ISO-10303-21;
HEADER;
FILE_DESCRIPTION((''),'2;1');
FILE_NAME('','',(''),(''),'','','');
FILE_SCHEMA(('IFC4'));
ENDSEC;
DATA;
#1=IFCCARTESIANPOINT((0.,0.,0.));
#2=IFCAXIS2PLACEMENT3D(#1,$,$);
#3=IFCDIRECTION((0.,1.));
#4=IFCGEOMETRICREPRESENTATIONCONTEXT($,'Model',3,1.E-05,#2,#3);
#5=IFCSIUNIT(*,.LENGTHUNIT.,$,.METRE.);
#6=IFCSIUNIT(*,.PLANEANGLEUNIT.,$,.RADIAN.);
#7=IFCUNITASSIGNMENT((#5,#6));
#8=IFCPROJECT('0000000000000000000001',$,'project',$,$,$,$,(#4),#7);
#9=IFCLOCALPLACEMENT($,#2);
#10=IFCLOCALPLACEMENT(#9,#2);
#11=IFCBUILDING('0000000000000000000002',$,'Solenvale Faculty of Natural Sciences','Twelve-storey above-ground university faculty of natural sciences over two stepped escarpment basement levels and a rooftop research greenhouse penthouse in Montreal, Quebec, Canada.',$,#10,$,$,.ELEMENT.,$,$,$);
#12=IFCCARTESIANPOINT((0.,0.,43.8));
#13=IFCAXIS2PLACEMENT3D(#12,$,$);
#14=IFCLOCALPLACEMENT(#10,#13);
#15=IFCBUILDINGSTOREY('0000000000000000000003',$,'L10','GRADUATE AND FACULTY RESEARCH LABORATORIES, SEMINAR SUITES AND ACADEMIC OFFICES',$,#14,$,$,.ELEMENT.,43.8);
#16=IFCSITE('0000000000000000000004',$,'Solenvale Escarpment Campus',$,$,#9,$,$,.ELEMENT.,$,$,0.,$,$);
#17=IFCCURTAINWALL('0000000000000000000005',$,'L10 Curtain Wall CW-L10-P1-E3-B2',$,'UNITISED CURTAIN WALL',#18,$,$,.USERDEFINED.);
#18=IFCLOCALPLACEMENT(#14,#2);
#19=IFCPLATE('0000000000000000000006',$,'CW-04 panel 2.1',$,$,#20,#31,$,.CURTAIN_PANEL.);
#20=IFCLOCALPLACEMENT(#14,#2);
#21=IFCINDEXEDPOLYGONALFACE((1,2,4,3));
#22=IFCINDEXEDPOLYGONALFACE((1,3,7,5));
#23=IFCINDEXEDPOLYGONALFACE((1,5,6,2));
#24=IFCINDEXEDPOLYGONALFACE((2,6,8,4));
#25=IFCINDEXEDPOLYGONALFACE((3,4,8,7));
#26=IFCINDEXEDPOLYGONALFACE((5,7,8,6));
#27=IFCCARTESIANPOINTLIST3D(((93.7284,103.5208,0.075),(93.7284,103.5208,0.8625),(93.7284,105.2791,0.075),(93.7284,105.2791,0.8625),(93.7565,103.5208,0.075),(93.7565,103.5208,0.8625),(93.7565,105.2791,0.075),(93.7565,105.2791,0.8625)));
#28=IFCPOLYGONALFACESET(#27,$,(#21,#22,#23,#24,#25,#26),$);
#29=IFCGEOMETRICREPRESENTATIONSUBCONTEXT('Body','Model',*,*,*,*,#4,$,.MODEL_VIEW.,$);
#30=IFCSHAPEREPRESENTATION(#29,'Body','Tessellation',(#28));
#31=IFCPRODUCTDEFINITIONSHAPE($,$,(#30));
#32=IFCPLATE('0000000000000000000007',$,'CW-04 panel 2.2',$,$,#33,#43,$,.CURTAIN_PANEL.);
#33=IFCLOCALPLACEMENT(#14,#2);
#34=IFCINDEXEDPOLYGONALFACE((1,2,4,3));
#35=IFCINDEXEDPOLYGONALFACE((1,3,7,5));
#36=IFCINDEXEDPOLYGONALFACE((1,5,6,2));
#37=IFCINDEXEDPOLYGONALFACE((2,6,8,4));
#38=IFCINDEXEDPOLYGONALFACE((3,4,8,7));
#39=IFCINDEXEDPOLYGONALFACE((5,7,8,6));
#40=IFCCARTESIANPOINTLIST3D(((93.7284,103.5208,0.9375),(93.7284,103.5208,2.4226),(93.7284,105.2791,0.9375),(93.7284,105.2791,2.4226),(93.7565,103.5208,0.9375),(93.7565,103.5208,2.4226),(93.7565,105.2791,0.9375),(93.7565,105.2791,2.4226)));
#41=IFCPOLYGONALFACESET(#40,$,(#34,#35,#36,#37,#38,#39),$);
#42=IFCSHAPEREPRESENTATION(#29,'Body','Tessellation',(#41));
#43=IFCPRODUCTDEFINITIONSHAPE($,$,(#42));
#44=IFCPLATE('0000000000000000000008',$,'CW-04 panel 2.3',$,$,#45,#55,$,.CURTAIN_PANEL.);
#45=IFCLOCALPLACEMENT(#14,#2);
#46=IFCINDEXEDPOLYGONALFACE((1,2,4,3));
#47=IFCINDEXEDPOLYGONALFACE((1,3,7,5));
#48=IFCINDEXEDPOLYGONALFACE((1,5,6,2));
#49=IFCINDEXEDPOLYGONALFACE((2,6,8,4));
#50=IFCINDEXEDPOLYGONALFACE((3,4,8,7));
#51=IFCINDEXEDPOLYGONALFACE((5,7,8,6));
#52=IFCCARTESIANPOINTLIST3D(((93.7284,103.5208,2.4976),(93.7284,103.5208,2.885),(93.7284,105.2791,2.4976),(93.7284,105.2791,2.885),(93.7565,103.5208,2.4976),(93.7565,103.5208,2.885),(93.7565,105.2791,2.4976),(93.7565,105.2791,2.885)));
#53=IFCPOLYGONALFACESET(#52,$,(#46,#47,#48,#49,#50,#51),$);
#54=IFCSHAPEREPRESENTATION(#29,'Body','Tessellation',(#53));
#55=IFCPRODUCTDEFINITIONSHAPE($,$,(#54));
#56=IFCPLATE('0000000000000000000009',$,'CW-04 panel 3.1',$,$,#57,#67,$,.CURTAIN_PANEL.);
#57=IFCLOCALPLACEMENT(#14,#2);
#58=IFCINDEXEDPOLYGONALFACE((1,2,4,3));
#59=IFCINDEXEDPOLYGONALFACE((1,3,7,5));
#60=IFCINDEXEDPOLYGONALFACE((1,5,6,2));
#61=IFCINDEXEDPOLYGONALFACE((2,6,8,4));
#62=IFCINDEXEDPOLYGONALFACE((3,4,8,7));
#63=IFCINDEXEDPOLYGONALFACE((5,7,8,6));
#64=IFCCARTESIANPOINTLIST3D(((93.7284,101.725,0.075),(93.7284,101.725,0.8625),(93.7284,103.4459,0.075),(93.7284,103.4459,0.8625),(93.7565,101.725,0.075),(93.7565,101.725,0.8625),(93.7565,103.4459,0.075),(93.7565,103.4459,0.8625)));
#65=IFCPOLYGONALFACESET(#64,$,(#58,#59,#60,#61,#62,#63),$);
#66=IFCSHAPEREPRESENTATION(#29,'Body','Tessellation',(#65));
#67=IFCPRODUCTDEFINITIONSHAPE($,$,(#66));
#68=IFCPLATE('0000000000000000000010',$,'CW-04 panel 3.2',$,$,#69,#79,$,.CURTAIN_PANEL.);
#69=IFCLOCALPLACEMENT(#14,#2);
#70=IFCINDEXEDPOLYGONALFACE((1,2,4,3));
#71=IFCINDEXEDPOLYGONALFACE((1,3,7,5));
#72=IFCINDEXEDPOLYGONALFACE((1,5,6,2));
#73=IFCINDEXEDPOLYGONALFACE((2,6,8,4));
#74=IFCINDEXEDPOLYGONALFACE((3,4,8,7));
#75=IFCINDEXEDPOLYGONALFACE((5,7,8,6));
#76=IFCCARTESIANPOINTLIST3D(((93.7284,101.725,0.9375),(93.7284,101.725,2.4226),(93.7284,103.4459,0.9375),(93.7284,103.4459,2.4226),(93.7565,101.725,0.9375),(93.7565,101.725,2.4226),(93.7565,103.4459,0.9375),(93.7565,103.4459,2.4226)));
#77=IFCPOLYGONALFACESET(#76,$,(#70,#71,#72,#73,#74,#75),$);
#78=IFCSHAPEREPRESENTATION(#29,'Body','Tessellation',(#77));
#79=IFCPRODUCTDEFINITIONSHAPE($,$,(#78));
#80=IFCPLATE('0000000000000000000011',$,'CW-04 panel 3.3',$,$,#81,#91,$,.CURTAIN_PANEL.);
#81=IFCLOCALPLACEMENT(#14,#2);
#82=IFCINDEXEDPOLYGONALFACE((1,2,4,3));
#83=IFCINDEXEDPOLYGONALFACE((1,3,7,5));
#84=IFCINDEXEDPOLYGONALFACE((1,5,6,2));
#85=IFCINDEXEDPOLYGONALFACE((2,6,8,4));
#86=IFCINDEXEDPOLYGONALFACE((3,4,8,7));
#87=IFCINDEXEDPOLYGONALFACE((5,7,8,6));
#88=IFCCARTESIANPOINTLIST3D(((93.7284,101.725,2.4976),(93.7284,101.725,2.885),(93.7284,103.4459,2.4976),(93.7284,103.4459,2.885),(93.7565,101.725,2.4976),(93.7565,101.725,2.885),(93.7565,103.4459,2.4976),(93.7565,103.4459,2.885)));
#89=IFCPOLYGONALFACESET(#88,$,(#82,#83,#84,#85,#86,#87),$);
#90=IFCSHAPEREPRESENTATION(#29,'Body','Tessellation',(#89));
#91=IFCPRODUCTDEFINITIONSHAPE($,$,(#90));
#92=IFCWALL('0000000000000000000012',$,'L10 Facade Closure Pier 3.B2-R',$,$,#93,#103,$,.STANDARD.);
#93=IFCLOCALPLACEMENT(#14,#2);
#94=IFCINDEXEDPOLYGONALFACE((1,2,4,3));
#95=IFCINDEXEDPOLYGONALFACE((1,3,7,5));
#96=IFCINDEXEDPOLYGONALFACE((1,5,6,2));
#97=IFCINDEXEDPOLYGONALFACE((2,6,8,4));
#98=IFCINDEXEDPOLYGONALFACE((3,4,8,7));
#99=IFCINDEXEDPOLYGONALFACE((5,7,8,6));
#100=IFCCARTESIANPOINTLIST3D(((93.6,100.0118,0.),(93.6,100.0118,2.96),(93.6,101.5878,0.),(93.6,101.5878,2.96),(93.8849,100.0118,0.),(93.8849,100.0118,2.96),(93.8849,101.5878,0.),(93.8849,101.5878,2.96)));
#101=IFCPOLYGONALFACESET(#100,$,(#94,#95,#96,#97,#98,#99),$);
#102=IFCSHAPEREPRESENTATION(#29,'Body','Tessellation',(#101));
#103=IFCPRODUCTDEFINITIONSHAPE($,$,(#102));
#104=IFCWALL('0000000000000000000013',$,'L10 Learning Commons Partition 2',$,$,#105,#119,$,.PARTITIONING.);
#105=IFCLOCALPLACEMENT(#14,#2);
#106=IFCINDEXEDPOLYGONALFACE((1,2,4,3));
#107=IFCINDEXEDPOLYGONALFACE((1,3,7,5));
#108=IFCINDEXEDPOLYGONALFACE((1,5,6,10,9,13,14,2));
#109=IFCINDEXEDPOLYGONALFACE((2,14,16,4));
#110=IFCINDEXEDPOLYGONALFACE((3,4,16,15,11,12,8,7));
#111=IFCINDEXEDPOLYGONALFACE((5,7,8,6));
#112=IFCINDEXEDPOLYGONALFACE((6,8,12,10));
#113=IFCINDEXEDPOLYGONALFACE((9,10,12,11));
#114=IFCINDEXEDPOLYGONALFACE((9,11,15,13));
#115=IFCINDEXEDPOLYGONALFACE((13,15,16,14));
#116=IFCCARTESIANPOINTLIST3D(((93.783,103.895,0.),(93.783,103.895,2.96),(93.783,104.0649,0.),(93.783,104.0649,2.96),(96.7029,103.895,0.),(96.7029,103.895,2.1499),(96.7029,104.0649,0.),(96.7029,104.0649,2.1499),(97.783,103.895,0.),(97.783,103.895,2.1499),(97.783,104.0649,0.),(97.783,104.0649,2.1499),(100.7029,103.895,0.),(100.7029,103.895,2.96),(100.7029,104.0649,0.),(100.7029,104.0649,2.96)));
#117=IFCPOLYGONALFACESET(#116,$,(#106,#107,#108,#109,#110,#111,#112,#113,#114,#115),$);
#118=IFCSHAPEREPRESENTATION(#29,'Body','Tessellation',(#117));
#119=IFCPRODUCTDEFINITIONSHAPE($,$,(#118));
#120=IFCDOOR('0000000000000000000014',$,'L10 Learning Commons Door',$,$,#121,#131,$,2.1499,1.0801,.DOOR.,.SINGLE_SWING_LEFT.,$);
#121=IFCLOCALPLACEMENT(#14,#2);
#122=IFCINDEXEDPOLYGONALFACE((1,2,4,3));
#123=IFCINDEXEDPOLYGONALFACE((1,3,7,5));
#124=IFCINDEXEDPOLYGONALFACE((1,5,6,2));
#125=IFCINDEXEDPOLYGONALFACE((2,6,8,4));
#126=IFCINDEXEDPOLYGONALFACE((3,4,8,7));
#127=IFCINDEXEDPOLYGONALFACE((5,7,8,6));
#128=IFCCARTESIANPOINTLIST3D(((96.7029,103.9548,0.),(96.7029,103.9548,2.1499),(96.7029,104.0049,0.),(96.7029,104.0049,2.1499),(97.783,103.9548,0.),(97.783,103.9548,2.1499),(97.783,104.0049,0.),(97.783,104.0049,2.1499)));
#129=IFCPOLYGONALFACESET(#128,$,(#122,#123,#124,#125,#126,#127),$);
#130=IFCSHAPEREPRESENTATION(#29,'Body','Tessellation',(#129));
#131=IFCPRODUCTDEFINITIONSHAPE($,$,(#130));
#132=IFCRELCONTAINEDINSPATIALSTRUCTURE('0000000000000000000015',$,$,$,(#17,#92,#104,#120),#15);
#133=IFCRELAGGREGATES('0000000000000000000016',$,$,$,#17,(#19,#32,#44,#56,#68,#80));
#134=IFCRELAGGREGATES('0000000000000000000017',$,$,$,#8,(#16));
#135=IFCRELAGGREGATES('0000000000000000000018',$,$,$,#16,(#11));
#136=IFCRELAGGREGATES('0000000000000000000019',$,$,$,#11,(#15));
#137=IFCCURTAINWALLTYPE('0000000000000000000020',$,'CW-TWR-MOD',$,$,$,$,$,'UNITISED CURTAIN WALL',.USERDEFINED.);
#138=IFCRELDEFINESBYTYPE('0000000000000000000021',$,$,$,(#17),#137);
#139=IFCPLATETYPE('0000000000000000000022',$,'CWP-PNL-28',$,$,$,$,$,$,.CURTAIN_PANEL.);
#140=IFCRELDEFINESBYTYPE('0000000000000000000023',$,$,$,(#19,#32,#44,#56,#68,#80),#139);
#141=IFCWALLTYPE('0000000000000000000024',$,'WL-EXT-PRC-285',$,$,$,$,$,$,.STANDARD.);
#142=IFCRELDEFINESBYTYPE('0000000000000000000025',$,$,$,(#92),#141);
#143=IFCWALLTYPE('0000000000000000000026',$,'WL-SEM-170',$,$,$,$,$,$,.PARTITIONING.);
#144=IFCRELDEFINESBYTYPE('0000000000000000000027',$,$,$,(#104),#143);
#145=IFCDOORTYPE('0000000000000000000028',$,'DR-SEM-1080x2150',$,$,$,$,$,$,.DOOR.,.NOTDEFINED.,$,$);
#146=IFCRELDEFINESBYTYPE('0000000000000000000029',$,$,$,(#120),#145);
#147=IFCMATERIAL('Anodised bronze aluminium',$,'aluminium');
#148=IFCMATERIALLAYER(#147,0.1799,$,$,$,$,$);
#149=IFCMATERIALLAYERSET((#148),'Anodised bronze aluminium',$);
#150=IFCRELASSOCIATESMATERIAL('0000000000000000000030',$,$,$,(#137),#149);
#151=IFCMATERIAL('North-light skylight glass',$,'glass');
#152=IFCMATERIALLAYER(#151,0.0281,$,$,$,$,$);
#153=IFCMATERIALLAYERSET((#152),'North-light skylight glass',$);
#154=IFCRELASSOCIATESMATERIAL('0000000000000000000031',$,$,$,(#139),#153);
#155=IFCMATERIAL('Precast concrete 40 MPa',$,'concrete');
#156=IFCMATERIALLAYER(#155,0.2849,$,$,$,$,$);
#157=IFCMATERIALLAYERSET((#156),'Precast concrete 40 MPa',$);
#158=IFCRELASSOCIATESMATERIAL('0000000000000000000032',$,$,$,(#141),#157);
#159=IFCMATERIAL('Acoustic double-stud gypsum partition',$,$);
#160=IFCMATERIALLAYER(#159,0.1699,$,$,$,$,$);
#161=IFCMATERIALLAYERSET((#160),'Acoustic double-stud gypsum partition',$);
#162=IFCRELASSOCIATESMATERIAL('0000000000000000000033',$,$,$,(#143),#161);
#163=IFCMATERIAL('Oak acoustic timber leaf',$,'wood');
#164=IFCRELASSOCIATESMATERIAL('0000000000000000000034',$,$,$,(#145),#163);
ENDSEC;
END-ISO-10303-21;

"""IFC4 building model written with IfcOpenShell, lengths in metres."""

from ifc_helpers import new_model, si_unit, direction, frame, frame_2d, origin, origin_2d, place, context, subcontext, project, spatial, rectangle, extrude, material, layer, layer_set, type_object, element, fill, aggregate, save


model = new_model("IFC4")

# Units and contexts
model_context = context("Model", 3, precision=1e-05, world=origin(), true_north=direction((0.0, 1.0)))
body_context = subcontext(model_context, "Body", "Model", "MODEL_VIEW")
ifc_project = project(units=[si_unit("LENGTHUNIT", "METRE"), si_unit("PLANEANGLEUNIT", "RADIAN")], contexts=[model_context])

# Site, building, storey
site_placement = place(None, origin())
site = spatial("IfcSite", under=ifc_project, at=site_placement, Name="Solenvale Escarpment Campus", CompositionType="ELEMENT", RefElevation=0.0)
building_placement = place(site_placement, origin())
building = spatial("IfcBuilding", under=site, at=building_placement, Name="Solenvale Faculty of Natural Sciences", Description="Twelve-storey above-ground university faculty of natural sciences over two stepped escarpment basement levels and a rooftop research greenhouse penthouse in Montreal, Quebec, Canada.", CompositionType="ELEMENT")
storey_placement = place(building_placement, frame((0.0, 0.0, 43.8)))
storey = spatial("IfcBuildingStorey", under=building, at=storey_placement, Name="L10", Description="GRADUATE AND FACULTY RESEARCH LABORATORIES, SEMINAR SUITES AND ACADEMIC OFFICES", CompositionType="ELEMENT", Elevation=43.8)

# Curtain wall, plates
ifc_material_1 = material(Name="Anodised bronze aluminium", Category="aluminium")
ifc_layer_1 = layer(ifc_material_1, 0.1799)
ifc_layer_set_1 = layer_set([ifc_layer_1], Name="Anodised bronze aluminium")
curtain_wall_type = type_object("IfcCurtainWallType", Name="CW-TWR-MOD", ElementType="UNITISED CURTAIN WALL", PredefinedType="USERDEFINED", material=ifc_layer_set_1)
curtain_wall_placement = place(storey_placement, origin())
curtain_wall = element("IfcCurtainWall", 1, at=curtain_wall_placement, inside=storey, type_object=curtain_wall_type, Name="L10 Curtain Wall CW-L10-P1-E3-B2", ObjectType="UNITISED CURTAIN WALL", PredefinedType="USERDEFINED")
ifc_material_2 = material(Name="North-light skylight glass", Category="glass")
ifc_layer_2 = layer(ifc_material_2, 0.0281)
ifc_layer_set_2 = layer_set([ifc_layer_2], Name="North-light skylight glass")
plate_type = type_object("IfcPlateType", Name="CWP-PNL-28", PredefinedType="CURTAIN_PANEL", material=ifc_layer_set_2)
plate_1_placement = place(storey_placement, frame((93.7424, 104.3999, 0.075), z_axis=(0.0, 0.0, 1.0), x_axis=(0.0, -1.0, 0.0)))
plate_1 = element("IfcPlate", 2, at=plate_1_placement, type_object=plate_type, Name="CW-04 panel 2.1", PredefinedType="CURTAIN_PANEL", context=body_context, shape_type="SweptSolid", body=[
    extrude(rectangle(XDim=1.7583, YDim=0.0281, at=origin_2d()), origin(), (0.0, 0.0, 1.0), 0.7876),
])
plate_2_placement = place(storey_placement, frame((93.7424, 104.3999, 0.9375), z_axis=(0.0, 0.0, 1.0), x_axis=(0.0, -1.0, 0.0)))
plate_2 = element("IfcPlate", 3, at=plate_2_placement, type_object=plate_type, Name="CW-04 panel 2.2", PredefinedType="CURTAIN_PANEL", context=body_context, shape_type="SweptSolid", body=[
    extrude(rectangle(XDim=1.7583, YDim=0.0281, at=origin_2d()), origin(), (0.0, 0.0, 1.0), 1.4851),
])
plate_3_placement = place(storey_placement, frame((93.7424, 104.3999, 2.4976), z_axis=(0.0, 0.0, 1.0), x_axis=(0.0, -1.0, 0.0)))
plate_3 = element("IfcPlate", 4, at=plate_3_placement, type_object=plate_type, Name="CW-04 panel 2.3", PredefinedType="CURTAIN_PANEL", context=body_context, shape_type="SweptSolid", body=[
    extrude(rectangle(XDim=1.7583, YDim=0.0281, at=origin_2d()), origin(), (0.0, 0.0, 1.0), 0.3875),
])
plate_4_placement = place(storey_placement, frame((93.7424, 102.5854, 0.075), z_axis=(0.0, 0.0, 1.0), x_axis=(0.0, -1.0, 0.0)))
plate_4 = element("IfcPlate", 5, at=plate_4_placement, type_object=plate_type, Name="CW-04 panel 3.1", PredefinedType="CURTAIN_PANEL", context=body_context, shape_type="SweptSolid", body=[
    extrude(rectangle(XDim=1.7209, YDim=0.0281, at=origin_2d()), origin(), (0.0, 0.0, 1.0), 0.7876),
])
plate_5_placement = place(storey_placement, frame((93.7424, 102.5854, 0.9375), z_axis=(0.0, 0.0, 1.0), x_axis=(0.0, -1.0, 0.0)))
plate_5 = element("IfcPlate", 6, at=plate_5_placement, type_object=plate_type, Name="CW-04 panel 3.2", PredefinedType="CURTAIN_PANEL", context=body_context, shape_type="SweptSolid", body=[
    extrude(rectangle(XDim=1.7209, YDim=0.0281, at=origin_2d()), origin(), (0.0, 0.0, 1.0), 1.4851),
])
plate_6_placement = place(storey_placement, frame((93.7424, 102.5854, 2.4976), z_axis=(0.0, 0.0, 1.0), x_axis=(0.0, -1.0, 0.0)))
plate_6 = element("IfcPlate", 7, at=plate_6_placement, type_object=plate_type, Name="CW-04 panel 3.3", PredefinedType="CURTAIN_PANEL", context=body_context, shape_type="SweptSolid", body=[
    extrude(rectangle(XDim=1.7209, YDim=0.0281, at=origin_2d()), origin(), (0.0, 0.0, 1.0), 0.3875),
])
aggregate(curtain_wall, [plate_1, plate_2, plate_3, plate_4, plate_5, plate_6])

# Wall
ifc_material_3 = material(Name="Precast concrete 40 MPa", Category="concrete")
ifc_layer_3 = layer(ifc_material_3, 0.2849)
ifc_layer_set_3 = layer_set([ifc_layer_3], Name="Precast concrete 40 MPa")
wall_type_1 = type_object("IfcWallType", Name="WL-EXT-PRC-285", PredefinedType="STANDARD", material=ifc_layer_set_3)
wall_1_placement = place(storey_placement, frame((93.7424, 101.5879, 0.0), z_axis=(0.0, 0.0, 1.0), x_axis=(0.0, -1.0, 0.0)))
element("IfcWall", 8, at=wall_1_placement, inside=storey, type_object=wall_type_1, Name="L10 Facade Closure Pier 3.B2-R", PredefinedType="STANDARD", context=body_context, shape_type="SweptSolid", body=[
    extrude(rectangle(XDim=1.5759, YDim=0.2849, at=frame_2d((0.7881, 0.0))), origin(), (0.0, 0.0, 1.0), 2.96),
])

# Wall, opening, door
ifc_material_4 = material(Name="Acoustic double-stud gypsum partition")
ifc_layer_4 = layer(ifc_material_4, 0.1699)
ifc_layer_set_4 = layer_set([ifc_layer_4], Name="Acoustic double-stud gypsum partition")
wall_type_2 = type_object("IfcWallType", Name="WL-SEM-170", PredefinedType="PARTITIONING", material=ifc_layer_set_4)
wall_2_placement = place(storey_placement, frame((93.783, 103.98, 0.0), z_axis=(0.0, 0.0, 1.0), x_axis=(1.0, 0.0, 0.0)))
wall_2 = element("IfcWall", 9, at=wall_2_placement, inside=storey, type_object=wall_type_2, Name="L10 Learning Commons Partition 2", PredefinedType="PARTITIONING", context=body_context, shape_type="SweptSolid", body=[
    extrude(rectangle(XDim=6.9199, YDim=0.1699, at=frame_2d((3.46, 0.0))), origin(), (0.0, 0.0, 1.0), 2.96),
])
opening_1_placement = place(wall_2_placement, frame((2.9199, 0.0, 0.0)))
opening_1 = element("IfcOpeningElement", 10, at=opening_1_placement, cuts=wall_2, PredefinedType="OPENING", context=body_context, shape_type="SweptSolid", body=[
    extrude(rectangle(XDim=1.0801, YDim=2.1499, at=frame_2d((0.54, 1.075))), frame((0.0, 0.095, 0.0), z_axis=(0.0, -1.0, 0.0), x_axis=(1.0, 0.0, 0.0)), (0.0, 0.0, 1.0), 0.1899),
])
ifc_material_5 = material(Name="Oak acoustic timber leaf", Category="wood")
door_type_1 = type_object("IfcDoorType", Name="DR-SEM-1080x2150", OperationType="NOTDEFINED", PredefinedType="DOOR", material=ifc_material_5)
door_1_placement = place(opening_1_placement, origin())
door_1 = element("IfcDoor", 11, at=door_1_placement, inside=storey, type_object=door_type_1, Name="L10 Learning Commons Door", OperationType="SINGLE_SWING_LEFT", OverallHeight=2.1499, OverallWidth=1.0801, PredefinedType="DOOR", context=body_context, shape_type="SweptSolid", body=[
    extrude(rectangle(XDim=1.0801, YDim=2.1499, at=frame_2d((0.54, 1.075))), frame((0.0, 0.0249, 0.0), z_axis=(0.0, -1.0, 0.0), x_axis=(1.0, 0.0, 0.0)), (0.0, 0.0, 1.0), 0.05),
])
fill(opening_1, door_1)

save(model, "model.ifc")
